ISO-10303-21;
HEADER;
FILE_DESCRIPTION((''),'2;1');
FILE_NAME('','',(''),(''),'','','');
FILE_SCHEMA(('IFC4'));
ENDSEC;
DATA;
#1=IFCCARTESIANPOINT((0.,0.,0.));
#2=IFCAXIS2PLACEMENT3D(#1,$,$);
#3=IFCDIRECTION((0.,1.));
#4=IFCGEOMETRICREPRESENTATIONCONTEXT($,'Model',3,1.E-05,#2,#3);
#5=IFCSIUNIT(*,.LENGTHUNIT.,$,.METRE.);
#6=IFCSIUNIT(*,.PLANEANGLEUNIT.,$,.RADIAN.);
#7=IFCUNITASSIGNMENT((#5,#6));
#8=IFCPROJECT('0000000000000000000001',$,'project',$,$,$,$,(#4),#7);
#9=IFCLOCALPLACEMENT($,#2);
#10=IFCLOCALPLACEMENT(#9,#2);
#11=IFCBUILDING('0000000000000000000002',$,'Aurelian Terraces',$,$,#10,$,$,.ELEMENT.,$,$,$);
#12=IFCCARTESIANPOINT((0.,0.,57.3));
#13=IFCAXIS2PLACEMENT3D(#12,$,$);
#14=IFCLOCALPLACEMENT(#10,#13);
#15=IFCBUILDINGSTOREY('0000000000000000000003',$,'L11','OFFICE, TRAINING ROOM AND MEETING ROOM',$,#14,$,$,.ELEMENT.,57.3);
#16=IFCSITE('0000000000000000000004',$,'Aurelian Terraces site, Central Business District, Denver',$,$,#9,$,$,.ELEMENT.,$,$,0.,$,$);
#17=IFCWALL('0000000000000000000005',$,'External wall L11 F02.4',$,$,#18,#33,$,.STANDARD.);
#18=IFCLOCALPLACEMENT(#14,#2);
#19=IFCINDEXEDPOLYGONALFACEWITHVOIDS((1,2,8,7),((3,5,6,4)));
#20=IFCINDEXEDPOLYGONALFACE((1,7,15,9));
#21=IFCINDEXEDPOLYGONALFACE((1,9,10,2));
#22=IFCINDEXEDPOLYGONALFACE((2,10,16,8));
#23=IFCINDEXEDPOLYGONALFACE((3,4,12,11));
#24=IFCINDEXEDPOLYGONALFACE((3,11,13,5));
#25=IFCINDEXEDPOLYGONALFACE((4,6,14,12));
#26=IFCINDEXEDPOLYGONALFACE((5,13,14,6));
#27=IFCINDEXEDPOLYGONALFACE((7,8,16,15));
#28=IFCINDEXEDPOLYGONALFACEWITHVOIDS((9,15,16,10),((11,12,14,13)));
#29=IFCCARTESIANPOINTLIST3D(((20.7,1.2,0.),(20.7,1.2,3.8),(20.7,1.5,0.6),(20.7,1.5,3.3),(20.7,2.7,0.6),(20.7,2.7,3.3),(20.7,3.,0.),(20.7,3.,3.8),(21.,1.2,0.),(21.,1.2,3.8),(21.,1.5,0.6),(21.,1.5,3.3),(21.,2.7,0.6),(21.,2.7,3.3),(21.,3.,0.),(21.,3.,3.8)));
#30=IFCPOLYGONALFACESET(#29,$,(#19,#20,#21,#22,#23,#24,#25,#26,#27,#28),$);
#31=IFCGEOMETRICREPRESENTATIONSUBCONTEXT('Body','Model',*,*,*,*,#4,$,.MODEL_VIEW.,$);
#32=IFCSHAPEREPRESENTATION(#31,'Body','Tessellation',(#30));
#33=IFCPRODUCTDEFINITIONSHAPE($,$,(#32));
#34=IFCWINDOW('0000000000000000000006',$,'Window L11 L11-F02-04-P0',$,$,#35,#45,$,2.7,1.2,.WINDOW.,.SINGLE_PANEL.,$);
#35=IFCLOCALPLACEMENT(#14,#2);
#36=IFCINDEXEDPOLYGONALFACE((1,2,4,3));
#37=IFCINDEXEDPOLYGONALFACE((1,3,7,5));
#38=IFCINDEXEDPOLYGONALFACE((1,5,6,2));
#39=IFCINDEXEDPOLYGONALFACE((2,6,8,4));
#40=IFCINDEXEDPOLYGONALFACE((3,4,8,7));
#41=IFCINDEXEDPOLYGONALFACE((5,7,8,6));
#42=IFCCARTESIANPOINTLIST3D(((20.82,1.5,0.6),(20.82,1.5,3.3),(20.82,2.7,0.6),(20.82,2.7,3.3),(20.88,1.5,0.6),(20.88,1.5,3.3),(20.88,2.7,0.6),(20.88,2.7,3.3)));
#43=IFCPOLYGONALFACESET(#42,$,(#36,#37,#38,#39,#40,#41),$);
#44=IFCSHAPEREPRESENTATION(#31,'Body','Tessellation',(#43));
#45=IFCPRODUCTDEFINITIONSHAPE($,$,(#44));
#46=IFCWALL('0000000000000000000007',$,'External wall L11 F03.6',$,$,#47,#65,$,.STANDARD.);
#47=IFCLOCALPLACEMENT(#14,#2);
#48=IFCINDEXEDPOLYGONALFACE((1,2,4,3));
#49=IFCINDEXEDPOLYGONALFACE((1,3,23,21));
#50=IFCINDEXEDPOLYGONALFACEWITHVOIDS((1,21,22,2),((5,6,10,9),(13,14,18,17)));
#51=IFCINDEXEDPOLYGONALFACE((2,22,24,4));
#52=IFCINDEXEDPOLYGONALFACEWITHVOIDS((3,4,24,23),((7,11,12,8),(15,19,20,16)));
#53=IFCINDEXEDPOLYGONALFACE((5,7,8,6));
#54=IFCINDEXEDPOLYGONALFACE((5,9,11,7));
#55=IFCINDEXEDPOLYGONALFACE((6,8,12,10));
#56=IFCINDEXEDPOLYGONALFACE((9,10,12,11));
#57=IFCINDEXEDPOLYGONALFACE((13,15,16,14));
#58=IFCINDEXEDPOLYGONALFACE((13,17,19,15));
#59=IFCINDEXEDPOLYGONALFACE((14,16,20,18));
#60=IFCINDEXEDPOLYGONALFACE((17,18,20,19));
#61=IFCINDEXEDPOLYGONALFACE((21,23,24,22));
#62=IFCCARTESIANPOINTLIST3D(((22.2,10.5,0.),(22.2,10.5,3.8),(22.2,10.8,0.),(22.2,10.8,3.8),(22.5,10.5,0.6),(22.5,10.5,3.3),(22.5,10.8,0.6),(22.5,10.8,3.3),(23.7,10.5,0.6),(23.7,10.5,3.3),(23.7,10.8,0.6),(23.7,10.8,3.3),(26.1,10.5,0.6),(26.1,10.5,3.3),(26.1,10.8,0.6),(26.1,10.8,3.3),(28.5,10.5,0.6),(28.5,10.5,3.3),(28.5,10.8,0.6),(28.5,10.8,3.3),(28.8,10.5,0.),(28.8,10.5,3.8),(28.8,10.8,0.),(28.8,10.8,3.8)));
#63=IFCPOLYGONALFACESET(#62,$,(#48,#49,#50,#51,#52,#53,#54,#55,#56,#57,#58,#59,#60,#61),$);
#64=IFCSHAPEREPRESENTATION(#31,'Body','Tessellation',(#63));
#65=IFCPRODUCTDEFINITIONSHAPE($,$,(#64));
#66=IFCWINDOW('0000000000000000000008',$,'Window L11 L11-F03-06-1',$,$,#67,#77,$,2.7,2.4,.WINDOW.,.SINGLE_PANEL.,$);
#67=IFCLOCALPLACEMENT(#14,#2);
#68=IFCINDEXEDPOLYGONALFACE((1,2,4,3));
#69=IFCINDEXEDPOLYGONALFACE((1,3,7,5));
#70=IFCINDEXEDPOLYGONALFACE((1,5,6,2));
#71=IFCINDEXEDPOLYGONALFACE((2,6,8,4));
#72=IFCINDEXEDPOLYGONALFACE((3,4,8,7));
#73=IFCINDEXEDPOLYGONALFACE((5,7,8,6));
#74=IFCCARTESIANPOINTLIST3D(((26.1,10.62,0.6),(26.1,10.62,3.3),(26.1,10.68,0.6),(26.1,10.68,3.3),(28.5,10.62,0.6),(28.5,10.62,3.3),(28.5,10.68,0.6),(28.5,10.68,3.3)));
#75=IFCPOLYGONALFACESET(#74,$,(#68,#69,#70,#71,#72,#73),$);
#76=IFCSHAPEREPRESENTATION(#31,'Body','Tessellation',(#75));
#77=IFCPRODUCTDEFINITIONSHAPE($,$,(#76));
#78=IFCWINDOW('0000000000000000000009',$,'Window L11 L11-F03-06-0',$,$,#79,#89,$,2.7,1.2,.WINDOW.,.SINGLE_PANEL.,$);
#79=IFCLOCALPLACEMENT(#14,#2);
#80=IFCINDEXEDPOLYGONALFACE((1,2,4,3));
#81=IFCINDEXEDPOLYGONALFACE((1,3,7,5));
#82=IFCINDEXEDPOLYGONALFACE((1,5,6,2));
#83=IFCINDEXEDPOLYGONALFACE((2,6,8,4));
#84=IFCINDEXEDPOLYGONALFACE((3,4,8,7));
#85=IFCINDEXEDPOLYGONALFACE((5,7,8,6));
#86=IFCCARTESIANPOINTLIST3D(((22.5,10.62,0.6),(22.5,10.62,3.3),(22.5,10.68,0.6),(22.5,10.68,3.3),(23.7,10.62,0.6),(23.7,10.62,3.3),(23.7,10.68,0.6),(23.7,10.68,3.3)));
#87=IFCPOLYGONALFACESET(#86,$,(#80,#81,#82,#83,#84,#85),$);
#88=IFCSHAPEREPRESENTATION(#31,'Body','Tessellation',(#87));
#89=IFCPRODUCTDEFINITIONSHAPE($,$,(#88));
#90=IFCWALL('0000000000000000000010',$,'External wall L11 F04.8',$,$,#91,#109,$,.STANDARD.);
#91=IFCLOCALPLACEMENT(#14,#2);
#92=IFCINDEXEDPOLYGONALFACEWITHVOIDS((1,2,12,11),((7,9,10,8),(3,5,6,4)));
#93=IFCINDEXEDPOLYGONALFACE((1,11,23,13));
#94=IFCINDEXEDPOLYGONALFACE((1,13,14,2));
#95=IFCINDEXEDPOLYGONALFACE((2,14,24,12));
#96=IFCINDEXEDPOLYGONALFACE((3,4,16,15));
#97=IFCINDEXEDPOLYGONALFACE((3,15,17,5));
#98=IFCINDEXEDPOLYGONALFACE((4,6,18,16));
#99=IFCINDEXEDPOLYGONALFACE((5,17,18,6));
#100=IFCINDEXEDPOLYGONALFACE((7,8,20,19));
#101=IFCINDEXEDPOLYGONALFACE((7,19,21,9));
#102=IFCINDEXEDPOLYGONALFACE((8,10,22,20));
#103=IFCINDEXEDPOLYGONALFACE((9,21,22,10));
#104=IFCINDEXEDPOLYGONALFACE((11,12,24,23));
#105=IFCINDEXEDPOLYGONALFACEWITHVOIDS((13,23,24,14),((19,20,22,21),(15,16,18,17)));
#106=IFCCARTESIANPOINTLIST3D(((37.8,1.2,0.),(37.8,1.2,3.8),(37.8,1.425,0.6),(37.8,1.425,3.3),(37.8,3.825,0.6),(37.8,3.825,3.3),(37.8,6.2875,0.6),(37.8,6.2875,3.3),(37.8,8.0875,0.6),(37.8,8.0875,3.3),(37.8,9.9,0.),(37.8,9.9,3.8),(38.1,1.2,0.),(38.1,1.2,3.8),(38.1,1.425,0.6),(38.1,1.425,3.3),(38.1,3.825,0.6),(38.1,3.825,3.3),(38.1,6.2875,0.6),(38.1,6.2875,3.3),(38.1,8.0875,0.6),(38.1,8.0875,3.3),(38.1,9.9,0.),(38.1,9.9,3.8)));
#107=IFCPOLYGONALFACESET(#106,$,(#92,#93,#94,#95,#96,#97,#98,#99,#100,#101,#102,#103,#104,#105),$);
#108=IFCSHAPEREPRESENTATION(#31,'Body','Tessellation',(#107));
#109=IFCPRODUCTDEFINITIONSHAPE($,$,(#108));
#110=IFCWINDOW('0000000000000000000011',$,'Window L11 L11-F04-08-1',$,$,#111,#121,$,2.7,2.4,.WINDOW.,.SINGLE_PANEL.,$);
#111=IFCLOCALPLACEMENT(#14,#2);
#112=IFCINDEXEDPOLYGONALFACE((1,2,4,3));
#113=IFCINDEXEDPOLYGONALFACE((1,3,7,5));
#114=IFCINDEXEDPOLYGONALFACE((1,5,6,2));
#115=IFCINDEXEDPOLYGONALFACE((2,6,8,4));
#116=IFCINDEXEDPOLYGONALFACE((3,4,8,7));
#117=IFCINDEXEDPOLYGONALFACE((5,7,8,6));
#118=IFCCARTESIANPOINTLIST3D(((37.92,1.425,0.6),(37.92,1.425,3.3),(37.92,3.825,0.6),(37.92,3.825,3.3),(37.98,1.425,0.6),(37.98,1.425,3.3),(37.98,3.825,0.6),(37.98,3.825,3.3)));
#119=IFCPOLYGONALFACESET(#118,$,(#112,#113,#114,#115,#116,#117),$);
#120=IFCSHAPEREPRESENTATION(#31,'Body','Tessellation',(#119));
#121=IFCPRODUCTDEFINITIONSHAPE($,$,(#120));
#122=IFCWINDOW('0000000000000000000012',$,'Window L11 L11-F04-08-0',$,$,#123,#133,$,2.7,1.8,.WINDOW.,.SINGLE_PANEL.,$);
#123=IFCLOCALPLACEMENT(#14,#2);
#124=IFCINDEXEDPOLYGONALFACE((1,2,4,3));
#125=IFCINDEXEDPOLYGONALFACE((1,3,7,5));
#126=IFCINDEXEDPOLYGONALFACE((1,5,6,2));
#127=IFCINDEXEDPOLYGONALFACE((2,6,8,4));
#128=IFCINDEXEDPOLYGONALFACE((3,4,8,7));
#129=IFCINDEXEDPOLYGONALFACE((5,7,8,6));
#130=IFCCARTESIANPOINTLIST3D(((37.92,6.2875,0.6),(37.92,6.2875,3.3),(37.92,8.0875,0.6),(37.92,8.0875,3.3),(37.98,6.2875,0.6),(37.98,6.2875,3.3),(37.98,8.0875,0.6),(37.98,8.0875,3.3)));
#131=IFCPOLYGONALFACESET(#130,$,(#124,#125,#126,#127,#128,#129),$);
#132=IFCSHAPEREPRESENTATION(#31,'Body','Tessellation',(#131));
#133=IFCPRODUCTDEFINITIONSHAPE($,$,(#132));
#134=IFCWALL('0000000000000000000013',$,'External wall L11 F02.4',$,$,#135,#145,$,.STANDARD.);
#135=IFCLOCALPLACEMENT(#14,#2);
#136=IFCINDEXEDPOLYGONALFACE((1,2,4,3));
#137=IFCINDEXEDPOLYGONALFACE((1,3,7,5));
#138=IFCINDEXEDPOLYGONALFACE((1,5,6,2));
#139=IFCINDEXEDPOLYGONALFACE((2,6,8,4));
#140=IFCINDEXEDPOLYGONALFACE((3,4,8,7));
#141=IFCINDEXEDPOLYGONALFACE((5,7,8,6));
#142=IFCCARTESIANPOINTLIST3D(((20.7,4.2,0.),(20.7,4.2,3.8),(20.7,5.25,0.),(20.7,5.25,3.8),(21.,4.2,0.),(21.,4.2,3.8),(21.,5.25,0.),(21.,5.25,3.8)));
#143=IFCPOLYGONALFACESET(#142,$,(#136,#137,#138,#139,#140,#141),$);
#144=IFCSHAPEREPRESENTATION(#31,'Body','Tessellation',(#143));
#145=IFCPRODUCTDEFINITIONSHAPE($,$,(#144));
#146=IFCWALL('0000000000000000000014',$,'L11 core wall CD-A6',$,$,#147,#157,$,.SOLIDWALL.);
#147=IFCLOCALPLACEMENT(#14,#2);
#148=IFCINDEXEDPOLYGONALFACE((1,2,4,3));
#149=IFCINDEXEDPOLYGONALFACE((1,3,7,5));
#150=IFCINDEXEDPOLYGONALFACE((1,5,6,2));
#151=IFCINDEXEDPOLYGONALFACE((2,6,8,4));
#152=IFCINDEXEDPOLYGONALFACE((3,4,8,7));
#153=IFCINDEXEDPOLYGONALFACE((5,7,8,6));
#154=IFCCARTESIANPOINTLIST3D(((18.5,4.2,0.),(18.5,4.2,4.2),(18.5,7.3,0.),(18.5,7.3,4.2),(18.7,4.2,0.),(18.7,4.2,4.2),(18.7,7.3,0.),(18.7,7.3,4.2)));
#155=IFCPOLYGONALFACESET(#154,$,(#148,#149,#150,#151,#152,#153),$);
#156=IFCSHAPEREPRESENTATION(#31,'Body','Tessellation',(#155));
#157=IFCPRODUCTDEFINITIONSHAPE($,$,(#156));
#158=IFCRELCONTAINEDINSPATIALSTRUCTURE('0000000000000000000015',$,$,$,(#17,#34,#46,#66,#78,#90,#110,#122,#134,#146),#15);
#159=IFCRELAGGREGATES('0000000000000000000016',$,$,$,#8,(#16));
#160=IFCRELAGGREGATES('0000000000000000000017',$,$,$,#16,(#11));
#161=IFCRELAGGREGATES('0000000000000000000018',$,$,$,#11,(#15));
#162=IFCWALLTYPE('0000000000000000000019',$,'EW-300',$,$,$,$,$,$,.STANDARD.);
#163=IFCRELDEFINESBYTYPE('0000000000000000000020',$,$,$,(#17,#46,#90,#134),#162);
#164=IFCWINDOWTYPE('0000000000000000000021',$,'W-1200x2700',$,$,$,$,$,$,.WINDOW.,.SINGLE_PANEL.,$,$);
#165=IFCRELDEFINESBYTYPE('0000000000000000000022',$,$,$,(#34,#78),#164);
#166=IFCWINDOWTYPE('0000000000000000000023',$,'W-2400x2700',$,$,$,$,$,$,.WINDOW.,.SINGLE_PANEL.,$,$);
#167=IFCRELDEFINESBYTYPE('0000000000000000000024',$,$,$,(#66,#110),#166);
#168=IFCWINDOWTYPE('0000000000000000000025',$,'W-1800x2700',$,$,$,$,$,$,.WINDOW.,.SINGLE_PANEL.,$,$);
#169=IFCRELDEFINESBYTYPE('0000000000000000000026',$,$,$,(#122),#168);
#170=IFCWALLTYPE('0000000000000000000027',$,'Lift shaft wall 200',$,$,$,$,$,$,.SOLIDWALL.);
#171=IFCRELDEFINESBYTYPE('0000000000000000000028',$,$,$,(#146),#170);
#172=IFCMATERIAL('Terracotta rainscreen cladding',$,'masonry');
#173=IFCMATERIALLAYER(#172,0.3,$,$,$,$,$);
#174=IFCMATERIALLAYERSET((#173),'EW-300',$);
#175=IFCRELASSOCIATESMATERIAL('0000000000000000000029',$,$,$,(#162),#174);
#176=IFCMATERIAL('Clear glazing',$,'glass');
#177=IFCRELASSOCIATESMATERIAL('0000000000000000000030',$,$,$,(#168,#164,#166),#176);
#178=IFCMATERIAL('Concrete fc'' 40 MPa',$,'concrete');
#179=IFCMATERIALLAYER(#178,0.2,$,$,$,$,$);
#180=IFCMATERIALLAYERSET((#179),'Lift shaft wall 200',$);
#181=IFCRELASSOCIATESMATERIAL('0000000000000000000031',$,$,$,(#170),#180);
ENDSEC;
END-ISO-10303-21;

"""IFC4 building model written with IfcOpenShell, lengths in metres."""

from ifc_helpers import new_model, si_unit, direction, frame, frame_2d, origin, place, context, subcontext, project, spatial, rectangle, extrude, source, transform, mapped, material, layer, layer_set, type_object, element, fill, save


model = new_model("IFC4")

# Units and contexts
model_context = context("Model", 3, precision=1e-05, world=origin(), true_north=direction((0.0, 1.0)))
body_context = subcontext(model_context, "Body", "Model", "MODEL_VIEW")
ifc_project = project(units=[si_unit("LENGTHUNIT", "METRE"), si_unit("PLANEANGLEUNIT", "RADIAN")], contexts=[model_context])

# Site, building, storey
site_placement = place(None, origin())
site = spatial("IfcSite", under=ifc_project, at=site_placement, Name="Aurelian Terraces site, Central Business District, Denver", CompositionType="ELEMENT", RefElevation=0.0)
building_placement = place(site_placement, origin())
building = spatial("IfcBuilding", under=site, at=building_placement, Name="Aurelian Terraces", CompositionType="ELEMENT")
storey_placement = place(building_placement, frame((0.0, 0.0, 57.3)))
storey = spatial("IfcBuildingStorey", under=building, at=storey_placement, Name="L11", Description="OFFICE, TRAINING ROOM AND MEETING ROOM", CompositionType="ELEMENT", Elevation=57.3)

# Shared definitions
ifc_material_1 = material(Name="Concrete fc' 40 MPa", Category="concrete")

# Shared definitions
ifc_material_2 = material(Name="Terracotta rainscreen cladding", Category="masonry")
ifc_layer_1 = layer(ifc_material_2, 0.3)
ifc_layer_set_1 = layer_set([ifc_layer_1], Name="EW-300")
wall_type_1 = type_object("IfcWallType", Name="EW-300", PredefinedType="STANDARD", material=ifc_layer_set_1)
shared_shape_1 = source(origin(), body_context, "Body", "SweptSolid", [
    extrude(rectangle(XDim=1.8, YDim=2.7, at=frame_2d((0.9, 1.35))), frame((0.0, 0.16, 0.0), z_axis=(0.0, -1.0, 0.0), x_axis=(1.0, 0.0, 0.0)), (0.0, 0.0, 1.0), 0.32),
])
shared_shape_2 = source(origin(), body_context, "Body", "SweptSolid", [
    extrude(rectangle(XDim=1.2, YDim=2.7, at=frame_2d((0.6, 1.35))), frame((0.0, 0.16, 0.0), z_axis=(0.0, -1.0, 0.0), x_axis=(1.0, 0.0, 0.0)), (0.0, 0.0, 1.0), 0.32),
])
ifc_material_3 = material(Name="Clear glazing", Category="glass")
window_type_1 = type_object("IfcWindowType", Name="W-1800x2700", PartitioningType="SINGLE_PANEL", PredefinedType="WINDOW", material=ifc_material_3)
shared_shape_3 = source(origin(), body_context, "Body", "SweptSolid", [
    extrude(rectangle(XDim=1.8, YDim=2.7, at=frame_2d((0.9, 1.35))), frame((0.0, 0.03, 0.0), z_axis=(0.0, -1.0, 0.0), x_axis=(1.0, 0.0, 0.0)), (0.0, 0.0, 1.0), 0.06),
])
window_type_2 = type_object("IfcWindowType", Name="W-1200x2700", PartitioningType="SINGLE_PANEL", PredefinedType="WINDOW", material=ifc_material_3)
shared_shape_4 = source(origin(), body_context, "Body", "SweptSolid", [
    extrude(rectangle(XDim=1.2, YDim=2.7, at=frame_2d((0.6, 1.35))), frame((0.0, 0.03, 0.0), z_axis=(0.0, -1.0, 0.0), x_axis=(1.0, 0.0, 0.0)), (0.0, 0.0, 1.0), 0.06),
])

# Wall, opening, window
shared_shape_5 = source(origin(), body_context, "Body", "SweptSolid", [
    extrude(rectangle(XDim=1.8, YDim=0.3, at=frame_2d((0.9, 0.0))), origin(), (0.0, 0.0, 1.0), 3.8),
])
wall_1_placement = place(storey_placement, frame((20.85, 1.2, 0.0), z_axis=(0.0, 0.0, 1.0), x_axis=(0.0, 1.0, 0.0)))
wall_1 = element("IfcWall", 1, at=wall_1_placement, inside=storey, type_object=wall_type_1, Name="External wall L11 F02.4", PredefinedType="STANDARD", context=body_context, shape_type="MappedRepresentation", body=[
    mapped(shared_shape_5, transform((0.0, 0.0, 0.0), scale=1.0)),
])
opening_1_placement = place(wall_1_placement, frame((0.3, 0.0, 0.6)))
opening_1 = element("IfcOpeningElement", 2, at=opening_1_placement, cuts=wall_1, PredefinedType="OPENING", context=body_context, shape_type="MappedRepresentation", body=[
    mapped(shared_shape_2, transform((0.0, 0.0, 0.0), scale=1.0)),
])
window_1_placement = place(opening_1_placement, origin())
window_1 = element("IfcWindow", 3, at=window_1_placement, inside=storey, type_object=window_type_2, Name="Window L11 L11-F02-04-P0", OverallHeight=2.7, OverallWidth=1.2, PartitioningType="SINGLE_PANEL", PredefinedType="WINDOW", context=body_context, shape_type="MappedRepresentation", body=[
    mapped(shared_shape_4, transform((0.0, 0.0, 0.0), scale=1.0)),
])
fill(opening_1, window_1)

# Walls, openings, windows
shared_shape_6 = source(origin(), body_context, "Body", "SweptSolid", [
    extrude(rectangle(XDim=6.6, YDim=0.3, at=frame_2d((3.3, 0.0))), origin(), (0.0, 0.0, 1.0), 3.8),
])
wall_2_placement = place(storey_placement, frame((22.2, 10.65, 0.0), z_axis=(0.0, 0.0, 1.0), x_axis=(1.0, 0.0, 0.0)))
wall_2 = element("IfcWall", 4, at=wall_2_placement, inside=storey, type_object=wall_type_1, Name="External wall L11 F03.6", PredefinedType="STANDARD", context=body_context, shape_type="MappedRepresentation", body=[
    mapped(shared_shape_6, transform((0.0, 0.0, 0.0), scale=1.0)),
])
opening_2_placement = place(wall_2_placement, frame((0.3, 0.0, 0.6)))
opening_2 = element("IfcOpeningElement", 5, at=opening_2_placement, cuts=wall_2, PredefinedType="OPENING", context=body_context, shape_type="MappedRepresentation", body=[
    mapped(shared_shape_2, transform((0.0, 0.0, 0.0), scale=1.0)),
])
shared_shape_7 = source(origin(), body_context, "Body", "SweptSolid", [
    extrude(rectangle(XDim=2.4, YDim=2.7, at=frame_2d((1.2, 1.35))), frame((0.0, 0.16, 0.0), z_axis=(0.0, -1.0, 0.0), x_axis=(1.0, 0.0, 0.0)), (0.0, 0.0, 1.0), 0.32),
])
opening_3_placement = place(wall_2_placement, frame((3.9, 0.0, 0.6)))
opening_3 = element("IfcOpeningElement", 6, at=opening_3_placement, cuts=wall_2, PredefinedType="OPENING", context=body_context, shape_type="MappedRepresentation", body=[
    mapped(shared_shape_7, transform((0.0, 0.0, 0.0), scale=1.0)),
])
window_type_3 = type_object("IfcWindowType", Name="W-2400x2700", PartitioningType="SINGLE_PANEL", PredefinedType="WINDOW", material=ifc_material_3)
shared_shape_8 = source(origin(), body_context, "Body", "SweptSolid", [
    extrude(rectangle(XDim=2.4, YDim=2.7, at=frame_2d((1.2, 1.35))), frame((0.0, 0.03, 0.0), z_axis=(0.0, -1.0, 0.0), x_axis=(1.0, 0.0, 0.0)), (0.0, 0.0, 1.0), 0.06),
])
window_2_placement = place(opening_3_placement, origin())
window_2 = element("IfcWindow", 7, at=window_2_placement, inside=storey, type_object=window_type_3, Name="Window L11 L11-F03-06-1", OverallHeight=2.7, OverallWidth=2.4, PartitioningType="SINGLE_PANEL", PredefinedType="WINDOW", context=body_context, shape_type="MappedRepresentation", body=[
    mapped(shared_shape_8, transform((0.0, 0.0, 0.0), scale=1.0)),
])
fill(opening_3, window_2)
window_3_placement = place(opening_2_placement, origin())
window_3 = element("IfcWindow", 8, at=window_3_placement, inside=storey, type_object=window_type_2, Name="Window L11 L11-F03-06-0", OverallHeight=2.7, OverallWidth=1.2, PartitioningType="SINGLE_PANEL", PredefinedType="WINDOW", context=body_context, shape_type="MappedRepresentation", body=[
    mapped(shared_shape_4, transform((0.0, 0.0, 0.0), scale=1.0)),
])
fill(opening_2, window_3)
shared_shape_9 = source(origin(), body_context, "Body", "SweptSolid", [
    extrude(rectangle(XDim=8.7, YDim=0.3, at=frame_2d((4.35, 0.0))), origin(), (0.0, 0.0, 1.0), 3.8),
])
wall_3_placement = place(storey_placement, frame((37.95, 9.9, 0.0), z_axis=(0.0, 0.0, 1.0), x_axis=(0.0, -1.0, 0.0)))
wall_3 = element("IfcWall", 9, at=wall_3_placement, inside=storey, type_object=wall_type_1, Name="External wall L11 F04.8", PredefinedType="STANDARD", context=body_context, shape_type="MappedRepresentation", body=[
    mapped(shared_shape_9, transform((0.0, 0.0, 0.0), scale=1.0)),
])
opening_4_placement = place(wall_3_placement, frame((1.8125, 0.0, 0.6)))
opening_4 = element("IfcOpeningElement", 10, at=opening_4_placement, cuts=wall_3, PredefinedType="OPENING", context=body_context, shape_type="MappedRepresentation", body=[
    mapped(shared_shape_1, transform((0.0, 0.0, 0.0), scale=1.0)),
])
opening_5_placement = place(wall_3_placement, frame((6.075, 0.0, 0.6)))
opening_5 = element("IfcOpeningElement", 11, at=opening_5_placement, cuts=wall_3, PredefinedType="OPENING", context=body_context, shape_type="MappedRepresentation", body=[
    mapped(shared_shape_7, transform((0.0, 0.0, 0.0), scale=1.0)),
])
window_4_placement = place(opening_5_placement, origin())
window_4 = element("IfcWindow", 12, at=window_4_placement, inside=storey, type_object=window_type_3, Name="Window L11 L11-F04-08-1", OverallHeight=2.7, OverallWidth=2.4, PartitioningType="SINGLE_PANEL", PredefinedType="WINDOW", context=body_context, shape_type="MappedRepresentation", body=[
    mapped(shared_shape_8, transform((0.0, 0.0, 0.0), scale=1.0)),
])
fill(opening_5, window_4)
window_5_placement = place(opening_4_placement, origin())
window_5 = element("IfcWindow", 13, at=window_5_placement, inside=storey, type_object=window_type_1, Name="Window L11 L11-F04-08-0", OverallHeight=2.7, OverallWidth=1.8, PartitioningType="SINGLE_PANEL", PredefinedType="WINDOW", context=body_context, shape_type="MappedRepresentation", body=[
    mapped(shared_shape_3, transform((0.0, 0.0, 0.0), scale=1.0)),
])
fill(opening_4, window_5)

# Walls
shared_shape_10 = source(origin(), body_context, "Body", "SweptSolid", [
    extrude(rectangle(XDim=1.05, YDim=0.3, at=frame_2d((0.525, 0.0))), origin(), (0.0, 0.0, 1.0), 3.8),
])
wall_4_placement = place(storey_placement, frame((20.85, 4.2, 0.0), z_axis=(0.0, 0.0, 1.0), x_axis=(0.0, 1.0, 0.0)))
element("IfcWall", 14, at=wall_4_placement, inside=storey, type_object=wall_type_1, Name="External wall L11 F02.4", PredefinedType="STANDARD", context=body_context, shape_type="MappedRepresentation", body=[
    mapped(shared_shape_10, transform((0.0, 0.0, 0.0), scale=1.0)),
])
ifc_layer_2 = layer(ifc_material_1, 0.2)
ifc_layer_set_2 = layer_set([ifc_layer_2], Name="Lift shaft wall 200")
wall_type_2 = type_object("IfcWallType", Name="Lift shaft wall 200", PredefinedType="SOLIDWALL", material=ifc_layer_set_2)
shared_shape_11 = source(origin(), body_context, "Body", "SweptSolid", [
    extrude(rectangle(XDim=3.1, YDim=0.2, at=frame_2d((1.55, 0.0))), origin(), (0.0, 0.0, 1.0), 4.2),
])
wall_5_placement = place(storey_placement, frame((18.6, 4.2, 0.0), z_axis=(0.0, 0.0, 1.0), x_axis=(0.0, 1.0, 0.0)))
element("IfcWall", 15, at=wall_5_placement, inside=storey, type_object=wall_type_2, Name="L11 core wall CD-A6", PredefinedType="SOLIDWALL", context=body_context, shape_type="MappedRepresentation", body=[
    mapped(shared_shape_11, transform((0.0, 0.0, 0.0), scale=1.0)),
])

save(model, "model.ifc")
